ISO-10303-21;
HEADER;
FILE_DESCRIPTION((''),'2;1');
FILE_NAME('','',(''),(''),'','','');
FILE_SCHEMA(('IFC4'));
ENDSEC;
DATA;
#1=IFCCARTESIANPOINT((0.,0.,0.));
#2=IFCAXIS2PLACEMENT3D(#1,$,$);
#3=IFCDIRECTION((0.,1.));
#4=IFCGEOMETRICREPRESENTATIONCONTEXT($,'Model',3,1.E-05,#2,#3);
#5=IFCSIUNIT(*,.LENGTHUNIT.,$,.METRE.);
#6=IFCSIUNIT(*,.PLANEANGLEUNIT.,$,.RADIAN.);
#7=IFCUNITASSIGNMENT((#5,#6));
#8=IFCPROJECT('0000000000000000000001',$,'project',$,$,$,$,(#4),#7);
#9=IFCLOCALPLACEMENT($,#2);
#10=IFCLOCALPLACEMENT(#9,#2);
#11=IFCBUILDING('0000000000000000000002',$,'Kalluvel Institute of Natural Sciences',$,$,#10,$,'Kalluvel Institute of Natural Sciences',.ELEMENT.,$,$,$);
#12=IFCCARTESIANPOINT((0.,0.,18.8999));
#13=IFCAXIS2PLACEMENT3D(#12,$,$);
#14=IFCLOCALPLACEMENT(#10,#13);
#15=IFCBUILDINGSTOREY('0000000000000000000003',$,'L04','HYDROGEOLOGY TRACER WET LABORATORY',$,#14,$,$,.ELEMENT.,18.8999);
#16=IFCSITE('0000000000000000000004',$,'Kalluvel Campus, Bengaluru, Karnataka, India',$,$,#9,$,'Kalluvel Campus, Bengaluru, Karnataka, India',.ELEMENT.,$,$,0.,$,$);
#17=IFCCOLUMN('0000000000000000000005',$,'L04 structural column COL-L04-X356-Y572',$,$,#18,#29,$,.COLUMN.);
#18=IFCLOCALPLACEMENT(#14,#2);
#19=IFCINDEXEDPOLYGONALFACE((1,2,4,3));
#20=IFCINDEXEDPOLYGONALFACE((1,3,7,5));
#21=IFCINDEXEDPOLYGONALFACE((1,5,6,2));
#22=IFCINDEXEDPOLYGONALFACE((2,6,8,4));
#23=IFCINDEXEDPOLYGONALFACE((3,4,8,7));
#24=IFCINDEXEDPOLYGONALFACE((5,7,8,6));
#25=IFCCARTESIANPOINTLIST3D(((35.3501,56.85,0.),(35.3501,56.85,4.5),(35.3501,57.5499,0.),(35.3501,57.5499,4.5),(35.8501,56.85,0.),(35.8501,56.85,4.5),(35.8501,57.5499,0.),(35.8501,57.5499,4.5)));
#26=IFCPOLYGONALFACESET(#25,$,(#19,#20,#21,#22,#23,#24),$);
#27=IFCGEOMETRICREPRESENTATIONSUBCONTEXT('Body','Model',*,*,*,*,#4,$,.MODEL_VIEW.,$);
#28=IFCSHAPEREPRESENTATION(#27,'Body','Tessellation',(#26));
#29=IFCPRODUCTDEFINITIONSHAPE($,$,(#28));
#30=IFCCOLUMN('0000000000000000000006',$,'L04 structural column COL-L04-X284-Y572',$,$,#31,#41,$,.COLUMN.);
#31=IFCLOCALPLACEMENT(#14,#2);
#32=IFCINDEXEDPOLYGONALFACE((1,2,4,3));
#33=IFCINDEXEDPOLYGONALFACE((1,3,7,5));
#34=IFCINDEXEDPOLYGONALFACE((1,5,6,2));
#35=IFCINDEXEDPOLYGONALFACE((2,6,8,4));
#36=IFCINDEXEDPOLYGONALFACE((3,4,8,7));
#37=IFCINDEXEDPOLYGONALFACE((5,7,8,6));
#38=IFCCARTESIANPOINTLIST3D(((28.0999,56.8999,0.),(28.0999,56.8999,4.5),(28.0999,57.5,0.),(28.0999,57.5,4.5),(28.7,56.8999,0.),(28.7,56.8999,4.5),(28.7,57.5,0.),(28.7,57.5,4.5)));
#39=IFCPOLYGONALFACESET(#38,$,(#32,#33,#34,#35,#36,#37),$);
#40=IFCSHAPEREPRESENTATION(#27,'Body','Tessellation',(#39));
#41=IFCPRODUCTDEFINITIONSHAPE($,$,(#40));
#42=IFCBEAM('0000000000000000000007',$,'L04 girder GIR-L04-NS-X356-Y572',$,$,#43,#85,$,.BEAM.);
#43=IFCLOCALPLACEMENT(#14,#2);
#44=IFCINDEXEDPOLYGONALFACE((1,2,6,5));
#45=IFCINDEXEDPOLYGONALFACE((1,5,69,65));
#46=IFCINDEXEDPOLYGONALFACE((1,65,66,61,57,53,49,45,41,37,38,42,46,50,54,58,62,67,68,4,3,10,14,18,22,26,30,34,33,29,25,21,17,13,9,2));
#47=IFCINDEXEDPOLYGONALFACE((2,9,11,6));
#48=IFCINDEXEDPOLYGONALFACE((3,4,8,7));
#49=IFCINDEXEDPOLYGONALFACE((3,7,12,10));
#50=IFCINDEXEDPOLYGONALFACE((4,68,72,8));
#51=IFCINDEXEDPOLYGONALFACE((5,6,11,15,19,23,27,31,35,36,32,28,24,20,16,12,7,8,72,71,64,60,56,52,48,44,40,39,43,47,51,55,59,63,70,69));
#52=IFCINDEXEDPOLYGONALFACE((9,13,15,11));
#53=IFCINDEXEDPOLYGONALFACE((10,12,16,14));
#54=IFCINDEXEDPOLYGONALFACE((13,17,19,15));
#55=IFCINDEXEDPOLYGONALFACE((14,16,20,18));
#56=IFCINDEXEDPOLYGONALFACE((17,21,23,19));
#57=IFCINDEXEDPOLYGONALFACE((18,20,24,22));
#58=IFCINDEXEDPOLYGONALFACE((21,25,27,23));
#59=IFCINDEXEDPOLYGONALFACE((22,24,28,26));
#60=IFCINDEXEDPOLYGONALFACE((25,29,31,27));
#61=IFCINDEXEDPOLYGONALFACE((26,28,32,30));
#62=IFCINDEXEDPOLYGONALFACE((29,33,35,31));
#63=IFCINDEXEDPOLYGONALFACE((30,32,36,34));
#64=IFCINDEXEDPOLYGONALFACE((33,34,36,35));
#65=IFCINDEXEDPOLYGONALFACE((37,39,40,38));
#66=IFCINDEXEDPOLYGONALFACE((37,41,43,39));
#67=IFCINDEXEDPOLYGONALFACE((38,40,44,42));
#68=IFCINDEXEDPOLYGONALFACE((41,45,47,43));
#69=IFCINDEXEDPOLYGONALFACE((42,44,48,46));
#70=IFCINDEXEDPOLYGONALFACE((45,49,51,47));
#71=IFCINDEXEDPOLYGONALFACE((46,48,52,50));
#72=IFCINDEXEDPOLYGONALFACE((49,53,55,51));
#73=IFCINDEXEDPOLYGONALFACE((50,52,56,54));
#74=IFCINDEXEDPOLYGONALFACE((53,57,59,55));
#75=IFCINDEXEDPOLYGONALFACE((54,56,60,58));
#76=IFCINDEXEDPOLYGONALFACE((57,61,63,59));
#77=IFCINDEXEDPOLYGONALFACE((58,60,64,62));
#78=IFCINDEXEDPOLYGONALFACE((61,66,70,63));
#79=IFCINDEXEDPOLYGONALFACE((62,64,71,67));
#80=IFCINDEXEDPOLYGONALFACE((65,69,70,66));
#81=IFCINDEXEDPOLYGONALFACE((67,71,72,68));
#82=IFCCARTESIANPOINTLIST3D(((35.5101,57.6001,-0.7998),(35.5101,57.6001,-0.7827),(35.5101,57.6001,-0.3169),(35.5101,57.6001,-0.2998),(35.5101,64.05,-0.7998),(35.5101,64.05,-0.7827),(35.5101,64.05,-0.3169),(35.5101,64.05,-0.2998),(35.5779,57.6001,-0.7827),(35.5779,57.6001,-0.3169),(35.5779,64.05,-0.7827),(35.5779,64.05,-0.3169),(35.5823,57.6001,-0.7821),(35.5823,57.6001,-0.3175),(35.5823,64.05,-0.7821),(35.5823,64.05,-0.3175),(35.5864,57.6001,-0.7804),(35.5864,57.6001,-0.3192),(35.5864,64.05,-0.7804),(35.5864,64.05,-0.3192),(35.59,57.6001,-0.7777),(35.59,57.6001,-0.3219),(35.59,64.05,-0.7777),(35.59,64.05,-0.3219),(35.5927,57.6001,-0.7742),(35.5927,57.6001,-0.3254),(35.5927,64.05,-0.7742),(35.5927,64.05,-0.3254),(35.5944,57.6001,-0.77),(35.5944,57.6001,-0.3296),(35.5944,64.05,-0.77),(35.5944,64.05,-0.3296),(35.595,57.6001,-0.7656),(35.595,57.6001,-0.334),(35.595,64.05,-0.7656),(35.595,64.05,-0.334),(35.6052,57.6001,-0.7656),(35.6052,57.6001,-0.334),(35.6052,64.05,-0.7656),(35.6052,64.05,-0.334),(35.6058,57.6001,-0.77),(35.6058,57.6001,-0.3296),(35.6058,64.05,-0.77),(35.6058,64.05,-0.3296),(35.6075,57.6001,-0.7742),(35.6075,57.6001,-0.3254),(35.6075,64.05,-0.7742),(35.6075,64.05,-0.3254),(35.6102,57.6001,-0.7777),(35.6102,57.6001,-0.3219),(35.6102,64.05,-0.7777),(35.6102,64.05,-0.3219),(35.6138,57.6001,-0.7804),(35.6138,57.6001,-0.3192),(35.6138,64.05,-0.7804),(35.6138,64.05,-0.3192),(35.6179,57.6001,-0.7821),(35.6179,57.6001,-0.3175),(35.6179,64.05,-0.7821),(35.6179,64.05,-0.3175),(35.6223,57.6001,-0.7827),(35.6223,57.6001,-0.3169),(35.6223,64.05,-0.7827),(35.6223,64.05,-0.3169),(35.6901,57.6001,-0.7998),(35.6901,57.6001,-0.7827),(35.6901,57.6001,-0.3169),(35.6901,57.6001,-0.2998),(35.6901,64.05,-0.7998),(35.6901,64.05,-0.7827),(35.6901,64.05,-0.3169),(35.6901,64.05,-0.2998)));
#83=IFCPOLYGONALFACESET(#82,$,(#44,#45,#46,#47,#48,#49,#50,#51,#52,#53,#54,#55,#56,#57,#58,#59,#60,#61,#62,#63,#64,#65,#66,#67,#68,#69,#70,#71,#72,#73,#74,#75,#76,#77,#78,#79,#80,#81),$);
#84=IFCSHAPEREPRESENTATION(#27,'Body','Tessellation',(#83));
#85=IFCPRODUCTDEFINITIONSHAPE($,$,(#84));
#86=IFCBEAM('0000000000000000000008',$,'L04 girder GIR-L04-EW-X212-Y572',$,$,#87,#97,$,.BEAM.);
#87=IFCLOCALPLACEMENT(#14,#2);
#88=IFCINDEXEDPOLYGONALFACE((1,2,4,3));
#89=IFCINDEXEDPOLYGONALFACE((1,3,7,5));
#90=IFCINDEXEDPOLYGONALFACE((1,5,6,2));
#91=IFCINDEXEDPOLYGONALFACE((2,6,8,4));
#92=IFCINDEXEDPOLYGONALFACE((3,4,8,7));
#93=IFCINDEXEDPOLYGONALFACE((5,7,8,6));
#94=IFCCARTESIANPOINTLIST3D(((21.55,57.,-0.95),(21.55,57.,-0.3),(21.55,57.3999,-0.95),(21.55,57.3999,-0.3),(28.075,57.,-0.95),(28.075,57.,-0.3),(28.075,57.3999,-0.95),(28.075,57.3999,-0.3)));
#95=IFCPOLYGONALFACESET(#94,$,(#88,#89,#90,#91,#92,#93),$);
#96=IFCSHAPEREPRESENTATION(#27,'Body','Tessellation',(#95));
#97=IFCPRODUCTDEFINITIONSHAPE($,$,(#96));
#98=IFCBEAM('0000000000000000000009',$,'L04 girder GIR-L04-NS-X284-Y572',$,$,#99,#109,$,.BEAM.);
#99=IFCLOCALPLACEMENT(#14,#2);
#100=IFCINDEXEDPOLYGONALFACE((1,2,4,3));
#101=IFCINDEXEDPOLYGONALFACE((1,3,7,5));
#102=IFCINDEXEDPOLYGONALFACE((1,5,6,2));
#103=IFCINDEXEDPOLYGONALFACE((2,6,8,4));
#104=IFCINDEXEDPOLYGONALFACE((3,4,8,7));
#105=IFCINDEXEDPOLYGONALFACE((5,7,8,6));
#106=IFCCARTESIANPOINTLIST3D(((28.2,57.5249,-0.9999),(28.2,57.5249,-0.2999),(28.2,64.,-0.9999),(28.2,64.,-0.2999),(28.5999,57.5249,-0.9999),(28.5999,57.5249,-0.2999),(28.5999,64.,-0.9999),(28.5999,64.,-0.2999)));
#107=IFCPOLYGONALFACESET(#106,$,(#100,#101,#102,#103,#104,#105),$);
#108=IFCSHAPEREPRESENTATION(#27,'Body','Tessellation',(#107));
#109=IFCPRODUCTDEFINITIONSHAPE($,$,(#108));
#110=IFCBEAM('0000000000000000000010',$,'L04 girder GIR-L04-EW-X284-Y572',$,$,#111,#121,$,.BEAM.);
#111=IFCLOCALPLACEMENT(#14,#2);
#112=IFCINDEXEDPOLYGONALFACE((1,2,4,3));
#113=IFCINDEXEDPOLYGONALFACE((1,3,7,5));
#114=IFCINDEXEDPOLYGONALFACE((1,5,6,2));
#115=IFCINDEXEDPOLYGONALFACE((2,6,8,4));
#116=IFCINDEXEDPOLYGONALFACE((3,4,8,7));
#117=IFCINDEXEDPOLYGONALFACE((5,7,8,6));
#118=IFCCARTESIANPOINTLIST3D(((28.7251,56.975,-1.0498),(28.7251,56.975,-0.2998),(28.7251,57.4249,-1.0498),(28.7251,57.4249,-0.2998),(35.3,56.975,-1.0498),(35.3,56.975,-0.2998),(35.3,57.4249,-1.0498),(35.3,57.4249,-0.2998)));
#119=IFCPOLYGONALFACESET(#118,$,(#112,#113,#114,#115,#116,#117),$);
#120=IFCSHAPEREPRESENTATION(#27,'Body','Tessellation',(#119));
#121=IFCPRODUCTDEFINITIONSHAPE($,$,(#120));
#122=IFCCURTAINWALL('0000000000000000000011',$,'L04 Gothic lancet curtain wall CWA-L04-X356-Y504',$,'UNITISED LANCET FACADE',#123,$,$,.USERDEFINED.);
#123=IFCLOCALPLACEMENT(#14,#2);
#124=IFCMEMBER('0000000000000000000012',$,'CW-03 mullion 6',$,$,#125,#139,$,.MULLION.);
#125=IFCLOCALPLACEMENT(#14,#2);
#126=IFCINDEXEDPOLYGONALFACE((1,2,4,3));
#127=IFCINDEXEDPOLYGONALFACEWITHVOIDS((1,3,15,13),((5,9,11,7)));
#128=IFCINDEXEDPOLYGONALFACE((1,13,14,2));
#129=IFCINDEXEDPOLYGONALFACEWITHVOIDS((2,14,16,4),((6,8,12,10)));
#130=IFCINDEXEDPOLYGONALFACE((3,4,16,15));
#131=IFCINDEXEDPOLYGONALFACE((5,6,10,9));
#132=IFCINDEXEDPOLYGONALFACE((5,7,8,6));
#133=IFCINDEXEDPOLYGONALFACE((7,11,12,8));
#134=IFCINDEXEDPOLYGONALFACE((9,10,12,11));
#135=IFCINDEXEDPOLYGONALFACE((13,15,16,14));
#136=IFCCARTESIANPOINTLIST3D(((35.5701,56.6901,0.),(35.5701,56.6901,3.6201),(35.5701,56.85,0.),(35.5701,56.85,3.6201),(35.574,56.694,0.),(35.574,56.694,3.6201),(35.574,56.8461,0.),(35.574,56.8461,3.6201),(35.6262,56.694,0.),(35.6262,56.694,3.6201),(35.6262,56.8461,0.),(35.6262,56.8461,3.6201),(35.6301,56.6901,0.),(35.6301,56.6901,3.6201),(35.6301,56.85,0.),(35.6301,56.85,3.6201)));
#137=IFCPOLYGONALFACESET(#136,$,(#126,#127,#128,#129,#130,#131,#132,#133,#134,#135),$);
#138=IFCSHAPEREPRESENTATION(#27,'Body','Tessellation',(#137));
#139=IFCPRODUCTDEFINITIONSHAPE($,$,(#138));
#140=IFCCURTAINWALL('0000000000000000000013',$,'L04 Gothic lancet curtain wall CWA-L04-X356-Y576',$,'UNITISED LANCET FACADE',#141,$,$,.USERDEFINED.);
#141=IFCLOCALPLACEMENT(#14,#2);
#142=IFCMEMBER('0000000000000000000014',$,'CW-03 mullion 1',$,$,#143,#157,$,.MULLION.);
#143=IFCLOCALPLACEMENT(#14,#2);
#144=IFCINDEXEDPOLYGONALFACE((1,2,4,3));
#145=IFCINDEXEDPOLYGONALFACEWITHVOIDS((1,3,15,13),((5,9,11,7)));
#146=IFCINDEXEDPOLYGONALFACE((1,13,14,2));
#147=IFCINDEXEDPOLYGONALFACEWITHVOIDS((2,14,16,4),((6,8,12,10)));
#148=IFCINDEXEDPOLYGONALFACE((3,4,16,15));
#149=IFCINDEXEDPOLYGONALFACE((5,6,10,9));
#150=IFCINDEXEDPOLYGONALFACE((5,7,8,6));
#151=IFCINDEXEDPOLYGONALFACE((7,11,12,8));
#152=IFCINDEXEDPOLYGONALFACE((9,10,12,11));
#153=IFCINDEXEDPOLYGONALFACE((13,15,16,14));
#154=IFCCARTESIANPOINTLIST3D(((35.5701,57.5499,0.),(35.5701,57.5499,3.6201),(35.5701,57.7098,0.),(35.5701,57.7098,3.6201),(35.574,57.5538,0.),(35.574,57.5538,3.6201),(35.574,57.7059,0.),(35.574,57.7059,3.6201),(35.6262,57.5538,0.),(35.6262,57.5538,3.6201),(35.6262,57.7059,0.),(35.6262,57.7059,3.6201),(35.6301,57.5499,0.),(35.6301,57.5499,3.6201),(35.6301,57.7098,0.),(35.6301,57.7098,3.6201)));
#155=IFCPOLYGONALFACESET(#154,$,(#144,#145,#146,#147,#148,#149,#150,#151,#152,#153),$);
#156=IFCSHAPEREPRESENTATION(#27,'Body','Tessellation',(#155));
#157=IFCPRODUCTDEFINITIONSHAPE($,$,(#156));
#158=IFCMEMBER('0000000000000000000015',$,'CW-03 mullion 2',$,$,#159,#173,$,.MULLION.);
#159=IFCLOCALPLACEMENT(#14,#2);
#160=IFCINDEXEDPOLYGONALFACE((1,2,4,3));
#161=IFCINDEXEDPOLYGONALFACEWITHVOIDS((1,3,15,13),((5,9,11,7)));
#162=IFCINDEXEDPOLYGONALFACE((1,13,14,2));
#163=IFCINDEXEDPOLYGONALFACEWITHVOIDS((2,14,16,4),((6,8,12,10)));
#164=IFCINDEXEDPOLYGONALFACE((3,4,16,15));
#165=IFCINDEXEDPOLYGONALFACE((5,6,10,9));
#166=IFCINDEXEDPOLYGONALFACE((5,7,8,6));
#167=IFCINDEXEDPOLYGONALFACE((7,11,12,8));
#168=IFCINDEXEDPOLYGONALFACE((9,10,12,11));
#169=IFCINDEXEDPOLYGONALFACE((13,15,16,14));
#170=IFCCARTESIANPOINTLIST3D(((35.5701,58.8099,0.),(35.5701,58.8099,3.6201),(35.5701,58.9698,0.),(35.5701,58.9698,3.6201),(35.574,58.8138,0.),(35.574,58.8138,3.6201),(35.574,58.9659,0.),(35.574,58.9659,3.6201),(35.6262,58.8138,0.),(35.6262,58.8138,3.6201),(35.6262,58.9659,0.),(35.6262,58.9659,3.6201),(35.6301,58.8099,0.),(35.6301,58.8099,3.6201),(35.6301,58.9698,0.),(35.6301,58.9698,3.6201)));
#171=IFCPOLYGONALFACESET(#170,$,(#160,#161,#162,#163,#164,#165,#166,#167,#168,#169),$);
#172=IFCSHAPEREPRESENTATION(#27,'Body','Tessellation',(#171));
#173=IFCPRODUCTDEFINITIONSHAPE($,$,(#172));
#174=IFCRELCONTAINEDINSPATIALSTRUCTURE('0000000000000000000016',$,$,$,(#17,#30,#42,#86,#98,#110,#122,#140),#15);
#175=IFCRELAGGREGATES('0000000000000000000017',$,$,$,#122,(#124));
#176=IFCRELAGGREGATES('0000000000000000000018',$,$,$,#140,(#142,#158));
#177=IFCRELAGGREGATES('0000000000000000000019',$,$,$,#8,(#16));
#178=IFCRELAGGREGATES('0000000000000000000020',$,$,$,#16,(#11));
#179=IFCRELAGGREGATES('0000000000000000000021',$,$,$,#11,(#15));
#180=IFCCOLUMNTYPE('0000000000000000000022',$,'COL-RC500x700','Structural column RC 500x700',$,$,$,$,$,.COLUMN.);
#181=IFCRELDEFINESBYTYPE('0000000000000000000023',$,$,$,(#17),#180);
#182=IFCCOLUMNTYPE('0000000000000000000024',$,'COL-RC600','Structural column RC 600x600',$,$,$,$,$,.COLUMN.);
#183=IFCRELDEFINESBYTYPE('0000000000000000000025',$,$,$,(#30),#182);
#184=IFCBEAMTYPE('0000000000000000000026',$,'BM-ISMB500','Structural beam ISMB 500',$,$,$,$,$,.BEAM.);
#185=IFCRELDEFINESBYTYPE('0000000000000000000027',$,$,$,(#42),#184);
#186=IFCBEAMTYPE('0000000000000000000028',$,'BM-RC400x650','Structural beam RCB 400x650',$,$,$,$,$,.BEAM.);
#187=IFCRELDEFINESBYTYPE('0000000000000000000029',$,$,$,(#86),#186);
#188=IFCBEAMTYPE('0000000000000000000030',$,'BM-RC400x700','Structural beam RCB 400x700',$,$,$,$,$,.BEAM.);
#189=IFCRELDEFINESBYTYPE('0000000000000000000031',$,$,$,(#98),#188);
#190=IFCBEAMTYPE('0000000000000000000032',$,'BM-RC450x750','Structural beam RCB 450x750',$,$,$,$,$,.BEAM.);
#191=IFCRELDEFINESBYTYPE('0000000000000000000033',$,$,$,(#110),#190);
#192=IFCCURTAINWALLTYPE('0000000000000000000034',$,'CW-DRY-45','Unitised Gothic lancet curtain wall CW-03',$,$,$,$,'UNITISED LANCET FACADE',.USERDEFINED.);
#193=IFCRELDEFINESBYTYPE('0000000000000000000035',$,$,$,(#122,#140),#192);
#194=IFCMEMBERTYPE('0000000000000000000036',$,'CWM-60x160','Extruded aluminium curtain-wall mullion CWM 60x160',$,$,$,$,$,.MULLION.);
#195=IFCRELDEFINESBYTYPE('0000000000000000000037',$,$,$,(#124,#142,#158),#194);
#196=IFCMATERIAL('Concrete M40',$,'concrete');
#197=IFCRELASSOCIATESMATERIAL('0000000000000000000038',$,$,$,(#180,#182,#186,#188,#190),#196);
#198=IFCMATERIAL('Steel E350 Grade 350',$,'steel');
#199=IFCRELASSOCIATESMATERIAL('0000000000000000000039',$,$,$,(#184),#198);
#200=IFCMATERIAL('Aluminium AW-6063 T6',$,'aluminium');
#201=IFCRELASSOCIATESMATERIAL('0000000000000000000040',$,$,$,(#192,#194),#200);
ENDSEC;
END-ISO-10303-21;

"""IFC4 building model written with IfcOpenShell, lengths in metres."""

from ifc_helpers import new_model, si_unit, direction, frame, origin, origin_2d, place, context, subcontext, project, spatial, rectangle, hollow_rectangle, i_section, extrude, material, material_profile, profile_set, type_object, element, aggregate, save


model = new_model("IFC4")

# Units and contexts
model_context = context("Model", 3, precision=1e-05, world=origin(), true_north=direction((0.0, 1.0)))
body_context = subcontext(model_context, "Body", "Model", "MODEL_VIEW")
ifc_project = project(units=[si_unit("LENGTHUNIT", "METRE"), si_unit("PLANEANGLEUNIT", "RADIAN")], contexts=[model_context])

# Site, building, storey
site_placement = place(None, origin())
site = spatial("IfcSite", under=ifc_project, at=site_placement, Name="Kalluvel Campus, Bengaluru, Karnataka, India", LongName="Kalluvel Campus, Bengaluru, Karnataka, India", CompositionType="ELEMENT", RefElevation=0.0)
building_placement = place(site_placement, origin())
building = spatial("IfcBuilding", under=site, at=building_placement, Name="Kalluvel Institute of Natural Sciences", LongName="Kalluvel Institute of Natural Sciences", CompositionType="ELEMENT")
storey_placement = place(building_placement, frame((0.0, 0.0, 18.8999)))
storey = spatial("IfcBuildingStorey", under=building, at=storey_placement, Name="L04", Description="HYDROGEOLOGY TRACER WET LABORATORY", CompositionType="ELEMENT", Elevation=18.8999)

# Columns
ifc_material_1 = material(Name="Concrete M40", Category="concrete")
ifc_material_profile_1 = material_profile(ifc_material_1, rectangle(XDim=0.5, YDim=0.7, at=origin_2d()), Name="RC 500x700")
ifc_profile_set_1 = profile_set([ifc_material_profile_1], Name="Concrete M40")
column_type_1 = type_object("IfcColumnType", Name="COL-RC500x700", Description="Structural column RC 500x700", PredefinedType="COLUMN", material=ifc_profile_set_1)
column_1_placement = place(storey_placement, frame((35.6001, 57.2, 0.0), z_axis=(0.0, 0.0, 1.0), x_axis=(1.0, 0.0, 0.0)))
element("IfcColumn", 1, at=column_1_placement, inside=storey, type_object=column_type_1, Name="L04 structural column COL-L04-X356-Y572", PredefinedType="COLUMN", context=body_context, shape_type="SweptSolid", body=[
    extrude(rectangle(XDim=0.5, YDim=0.7, at=origin_2d()), origin(), (0.0, 0.0, 1.0), 4.5),
])
ifc_material_profile_2 = material_profile(ifc_material_1, rectangle(XDim=0.6001, YDim=0.6001, at=origin_2d()), Name="RC 600x600")
ifc_profile_set_2 = profile_set([ifc_material_profile_2], Name="Concrete M40")
column_type_2 = type_object("IfcColumnType", Name="COL-RC600", Description="Structural column RC 600x600", PredefinedType="COLUMN", material=ifc_profile_set_2)
column_2_placement = place(storey_placement, frame((28.3999, 57.2, 0.0), z_axis=(0.0, 0.0, 1.0), x_axis=(1.0, 0.0, 0.0)))
element("IfcColumn", 2, at=column_2_placement, inside=storey, type_object=column_type_2, Name="L04 structural column COL-L04-X284-Y572", PredefinedType="COLUMN", context=body_context, shape_type="SweptSolid", body=[
    extrude(rectangle(XDim=0.6001, YDim=0.6001, at=origin_2d()), origin(), (0.0, 0.0, 1.0), 4.5),
])

# Beams
ifc_material_2 = material(Name="Steel E350 Grade 350", Category="steel")
ifc_material_profile_3 = material_profile(ifc_material_2, i_section(OverallWidth=0.1799, OverallDepth=0.5, WebThickness=0.0103, FlangeThickness=0.0171, FilletRadius=0.0171, at=origin_2d()), Name="ISMB 500")
ifc_profile_set_3 = profile_set([ifc_material_profile_3], Name="Steel E350 Grade 350")
beam_type_1 = type_object("IfcBeamType", Name="BM-ISMB500", Description="Structural beam ISMB 500", PredefinedType="BEAM", material=ifc_profile_set_3)
beam_1_placement = place(storey_placement, frame((35.6001, 57.6001, -0.5498), z_axis=(0.0, 1.0, 0.0), x_axis=(-1.0, 0.0, 0.0)))
element("IfcBeam", 3, at=beam_1_placement, inside=storey, type_object=beam_type_1, Name="L04 girder GIR-L04-NS-X356-Y572", PredefinedType="BEAM", context=body_context, shape_type="SweptSolid", body=[
    extrude(i_section(OverallWidth=0.1799, OverallDepth=0.5, WebThickness=0.0103, FlangeThickness=0.0171, FilletRadius=0.0171, at=origin_2d()), origin(), (0.0, 0.0, 1.0), 6.45),
])
ifc_material_profile_4 = material_profile(ifc_material_1, rectangle(XDim=0.3999, YDim=0.6499, at=origin_2d()), Name="RCB 400x650")
ifc_profile_set_4 = profile_set([ifc_material_profile_4], Name="Concrete M40")
beam_type_2 = type_object("IfcBeamType", Name="BM-RC400x650", Description="Structural beam RCB 400x650", PredefinedType="BEAM", material=ifc_profile_set_4)
beam_2_placement = place(storey_placement, frame((21.55, 57.2, -0.625), z_axis=(1.0, 0.0, 0.0), x_axis=(0.0, 1.0, 0.0)))
element("IfcBeam", 4, at=beam_2_placement, inside=storey, type_object=beam_type_2, Name="L04 girder GIR-L04-EW-X212-Y572", PredefinedType="BEAM", context=body_context, shape_type="SweptSolid", body=[
    extrude(rectangle(XDim=0.3999, YDim=0.6499, at=origin_2d()), origin(), (0.0, 0.0, 1.0), 6.5249),
])
ifc_material_profile_5 = material_profile(ifc_material_1, rectangle(XDim=0.3999, YDim=0.7, at=origin_2d()), Name="RCB 400x700")
ifc_profile_set_5 = profile_set([ifc_material_profile_5], Name="Concrete M40")
beam_type_3 = type_object("IfcBeamType", Name="BM-RC400x700", Description="Structural beam RCB 400x700", PredefinedType="BEAM", material=ifc_profile_set_5)
beam_3_placement = place(storey_placement, frame((28.3999, 57.5249, -0.6499), z_axis=(0.0, 1.0, 0.0), x_axis=(-1.0, 0.0, 0.0)))
element("IfcBeam", 5, at=beam_3_placement, inside=storey, type_object=beam_type_3, Name="L04 girder GIR-L04-NS-X284-Y572", PredefinedType="BEAM", context=body_context, shape_type="SweptSolid", body=[
    extrude(rectangle(XDim=0.3999, YDim=0.7, at=origin_2d()), origin(), (0.0, 0.0, 1.0), 6.4751),
])
ifc_material_profile_6 = material_profile(ifc_material_1, rectangle(XDim=0.45, YDim=0.75, at=origin_2d()), Name="RCB 450x750")
ifc_profile_set_6 = profile_set([ifc_material_profile_6], Name="Concrete M40")
beam_type_4 = type_object("IfcBeamType", Name="BM-RC450x750", Description="Structural beam RCB 450x750", PredefinedType="BEAM", material=ifc_profile_set_6)
beam_4_placement = place(storey_placement, frame((28.7251, 57.2, -0.6748), z_axis=(1.0, 0.0, 0.0), x_axis=(0.0, 1.0, 0.0)))
element("IfcBeam", 6, at=beam_4_placement, inside=storey, type_object=beam_type_4, Name="L04 girder GIR-L04-EW-X284-Y572", PredefinedType="BEAM", context=body_context, shape_type="SweptSolid", body=[
    extrude(rectangle(XDim=0.45, YDim=0.75, at=origin_2d()), origin(), (0.0, 0.0, 1.0), 6.575),
])

# Curtain wall, member
ifc_material_3 = material(Name="Aluminium AW-6063 T6", Category="aluminium")
curtain_wall_type = type_object("IfcCurtainWallType", Name="CW-DRY-45", Description="Unitised Gothic lancet curtain wall CW-03", ElementType="UNITISED LANCET FACADE", PredefinedType="USERDEFINED", material=ifc_material_3)
curtain_wall_1_placement = place(storey_placement, origin())
curtain_wall_1 = element("IfcCurtainWall", 7, at=curtain_wall_1_placement, inside=storey, type_object=curtain_wall_type, Name="L04 Gothic lancet curtain wall CWA-L04-X356-Y504", ObjectType="UNITISED LANCET FACADE", PredefinedType="USERDEFINED")
ifc_material_profile_7 = material_profile(ifc_material_3, hollow_rectangle(XDim=0.0601, YDim=0.1599, WallThickness=0.0039, at=origin_2d()), Name="CWM 60x160")
ifc_profile_set_7 = profile_set([ifc_material_profile_7], Name="Aluminium AW-6063 T6")
member_type_1 = type_object("IfcMemberType", Name="CWM-60x160", Description="Extruded aluminium curtain-wall mullion CWM 60x160", PredefinedType="MULLION", material=ifc_profile_set_7)
member_1_placement = place(storey_placement, frame((35.6001, 56.77, 0.0), z_axis=(0.0, 0.0, 1.0), x_axis=(-1.0, 0.0, 0.0)))
member_1 = element("IfcMember", 8, at=member_1_placement, type_object=member_type_1, Name="CW-03 mullion 6", PredefinedType="MULLION", context=body_context, shape_type="SweptSolid", body=[
    extrude(hollow_rectangle(XDim=0.0601, YDim=0.1599, WallThickness=0.0039, at=origin_2d()), origin(), (0.0, 0.0, 1.0), 3.6201),
])
aggregate(curtain_wall_1, [member_1])

# Curtain wall, members
curtain_wall_2_placement = place(storey_placement, origin())
curtain_wall_2 = element("IfcCurtainWall", 9, at=curtain_wall_2_placement, inside=storey, type_object=curtain_wall_type, Name="L04 Gothic lancet curtain wall CWA-L04-X356-Y576", ObjectType="UNITISED LANCET FACADE", PredefinedType="USERDEFINED")
member_2_placement = place(storey_placement, frame((35.6001, 57.6299, 0.0), z_axis=(0.0, 0.0, 1.0), x_axis=(-1.0, 0.0, 0.0)))
member_2 = element("IfcMember", 10, at=member_2_placement, type_object=member_type_1, Name="CW-03 mullion 1", PredefinedType="MULLION", context=body_context, shape_type="SweptSolid", body=[
    extrude(hollow_rectangle(XDim=0.0601, YDim=0.1599, WallThickness=0.0039, at=origin_2d()), origin(), (0.0, 0.0, 1.0), 3.6201),
])
member_3_placement = place(storey_placement, frame((35.6001, 58.8899, 0.0), z_axis=(0.0, 0.0, 1.0), x_axis=(-1.0, 0.0, 0.0)))
member_3 = element("IfcMember", 11, at=member_3_placement, type_object=member_type_1, Name="CW-03 mullion 2", PredefinedType="MULLION", context=body_context, shape_type="SweptSolid", body=[
    extrude(hollow_rectangle(XDim=0.0601, YDim=0.1599, WallThickness=0.0039, at=origin_2d()), origin(), (0.0, 0.0, 1.0), 3.6201),
])
aggregate(curtain_wall_2, [member_2, member_3])

save(model, "model.ifc")
